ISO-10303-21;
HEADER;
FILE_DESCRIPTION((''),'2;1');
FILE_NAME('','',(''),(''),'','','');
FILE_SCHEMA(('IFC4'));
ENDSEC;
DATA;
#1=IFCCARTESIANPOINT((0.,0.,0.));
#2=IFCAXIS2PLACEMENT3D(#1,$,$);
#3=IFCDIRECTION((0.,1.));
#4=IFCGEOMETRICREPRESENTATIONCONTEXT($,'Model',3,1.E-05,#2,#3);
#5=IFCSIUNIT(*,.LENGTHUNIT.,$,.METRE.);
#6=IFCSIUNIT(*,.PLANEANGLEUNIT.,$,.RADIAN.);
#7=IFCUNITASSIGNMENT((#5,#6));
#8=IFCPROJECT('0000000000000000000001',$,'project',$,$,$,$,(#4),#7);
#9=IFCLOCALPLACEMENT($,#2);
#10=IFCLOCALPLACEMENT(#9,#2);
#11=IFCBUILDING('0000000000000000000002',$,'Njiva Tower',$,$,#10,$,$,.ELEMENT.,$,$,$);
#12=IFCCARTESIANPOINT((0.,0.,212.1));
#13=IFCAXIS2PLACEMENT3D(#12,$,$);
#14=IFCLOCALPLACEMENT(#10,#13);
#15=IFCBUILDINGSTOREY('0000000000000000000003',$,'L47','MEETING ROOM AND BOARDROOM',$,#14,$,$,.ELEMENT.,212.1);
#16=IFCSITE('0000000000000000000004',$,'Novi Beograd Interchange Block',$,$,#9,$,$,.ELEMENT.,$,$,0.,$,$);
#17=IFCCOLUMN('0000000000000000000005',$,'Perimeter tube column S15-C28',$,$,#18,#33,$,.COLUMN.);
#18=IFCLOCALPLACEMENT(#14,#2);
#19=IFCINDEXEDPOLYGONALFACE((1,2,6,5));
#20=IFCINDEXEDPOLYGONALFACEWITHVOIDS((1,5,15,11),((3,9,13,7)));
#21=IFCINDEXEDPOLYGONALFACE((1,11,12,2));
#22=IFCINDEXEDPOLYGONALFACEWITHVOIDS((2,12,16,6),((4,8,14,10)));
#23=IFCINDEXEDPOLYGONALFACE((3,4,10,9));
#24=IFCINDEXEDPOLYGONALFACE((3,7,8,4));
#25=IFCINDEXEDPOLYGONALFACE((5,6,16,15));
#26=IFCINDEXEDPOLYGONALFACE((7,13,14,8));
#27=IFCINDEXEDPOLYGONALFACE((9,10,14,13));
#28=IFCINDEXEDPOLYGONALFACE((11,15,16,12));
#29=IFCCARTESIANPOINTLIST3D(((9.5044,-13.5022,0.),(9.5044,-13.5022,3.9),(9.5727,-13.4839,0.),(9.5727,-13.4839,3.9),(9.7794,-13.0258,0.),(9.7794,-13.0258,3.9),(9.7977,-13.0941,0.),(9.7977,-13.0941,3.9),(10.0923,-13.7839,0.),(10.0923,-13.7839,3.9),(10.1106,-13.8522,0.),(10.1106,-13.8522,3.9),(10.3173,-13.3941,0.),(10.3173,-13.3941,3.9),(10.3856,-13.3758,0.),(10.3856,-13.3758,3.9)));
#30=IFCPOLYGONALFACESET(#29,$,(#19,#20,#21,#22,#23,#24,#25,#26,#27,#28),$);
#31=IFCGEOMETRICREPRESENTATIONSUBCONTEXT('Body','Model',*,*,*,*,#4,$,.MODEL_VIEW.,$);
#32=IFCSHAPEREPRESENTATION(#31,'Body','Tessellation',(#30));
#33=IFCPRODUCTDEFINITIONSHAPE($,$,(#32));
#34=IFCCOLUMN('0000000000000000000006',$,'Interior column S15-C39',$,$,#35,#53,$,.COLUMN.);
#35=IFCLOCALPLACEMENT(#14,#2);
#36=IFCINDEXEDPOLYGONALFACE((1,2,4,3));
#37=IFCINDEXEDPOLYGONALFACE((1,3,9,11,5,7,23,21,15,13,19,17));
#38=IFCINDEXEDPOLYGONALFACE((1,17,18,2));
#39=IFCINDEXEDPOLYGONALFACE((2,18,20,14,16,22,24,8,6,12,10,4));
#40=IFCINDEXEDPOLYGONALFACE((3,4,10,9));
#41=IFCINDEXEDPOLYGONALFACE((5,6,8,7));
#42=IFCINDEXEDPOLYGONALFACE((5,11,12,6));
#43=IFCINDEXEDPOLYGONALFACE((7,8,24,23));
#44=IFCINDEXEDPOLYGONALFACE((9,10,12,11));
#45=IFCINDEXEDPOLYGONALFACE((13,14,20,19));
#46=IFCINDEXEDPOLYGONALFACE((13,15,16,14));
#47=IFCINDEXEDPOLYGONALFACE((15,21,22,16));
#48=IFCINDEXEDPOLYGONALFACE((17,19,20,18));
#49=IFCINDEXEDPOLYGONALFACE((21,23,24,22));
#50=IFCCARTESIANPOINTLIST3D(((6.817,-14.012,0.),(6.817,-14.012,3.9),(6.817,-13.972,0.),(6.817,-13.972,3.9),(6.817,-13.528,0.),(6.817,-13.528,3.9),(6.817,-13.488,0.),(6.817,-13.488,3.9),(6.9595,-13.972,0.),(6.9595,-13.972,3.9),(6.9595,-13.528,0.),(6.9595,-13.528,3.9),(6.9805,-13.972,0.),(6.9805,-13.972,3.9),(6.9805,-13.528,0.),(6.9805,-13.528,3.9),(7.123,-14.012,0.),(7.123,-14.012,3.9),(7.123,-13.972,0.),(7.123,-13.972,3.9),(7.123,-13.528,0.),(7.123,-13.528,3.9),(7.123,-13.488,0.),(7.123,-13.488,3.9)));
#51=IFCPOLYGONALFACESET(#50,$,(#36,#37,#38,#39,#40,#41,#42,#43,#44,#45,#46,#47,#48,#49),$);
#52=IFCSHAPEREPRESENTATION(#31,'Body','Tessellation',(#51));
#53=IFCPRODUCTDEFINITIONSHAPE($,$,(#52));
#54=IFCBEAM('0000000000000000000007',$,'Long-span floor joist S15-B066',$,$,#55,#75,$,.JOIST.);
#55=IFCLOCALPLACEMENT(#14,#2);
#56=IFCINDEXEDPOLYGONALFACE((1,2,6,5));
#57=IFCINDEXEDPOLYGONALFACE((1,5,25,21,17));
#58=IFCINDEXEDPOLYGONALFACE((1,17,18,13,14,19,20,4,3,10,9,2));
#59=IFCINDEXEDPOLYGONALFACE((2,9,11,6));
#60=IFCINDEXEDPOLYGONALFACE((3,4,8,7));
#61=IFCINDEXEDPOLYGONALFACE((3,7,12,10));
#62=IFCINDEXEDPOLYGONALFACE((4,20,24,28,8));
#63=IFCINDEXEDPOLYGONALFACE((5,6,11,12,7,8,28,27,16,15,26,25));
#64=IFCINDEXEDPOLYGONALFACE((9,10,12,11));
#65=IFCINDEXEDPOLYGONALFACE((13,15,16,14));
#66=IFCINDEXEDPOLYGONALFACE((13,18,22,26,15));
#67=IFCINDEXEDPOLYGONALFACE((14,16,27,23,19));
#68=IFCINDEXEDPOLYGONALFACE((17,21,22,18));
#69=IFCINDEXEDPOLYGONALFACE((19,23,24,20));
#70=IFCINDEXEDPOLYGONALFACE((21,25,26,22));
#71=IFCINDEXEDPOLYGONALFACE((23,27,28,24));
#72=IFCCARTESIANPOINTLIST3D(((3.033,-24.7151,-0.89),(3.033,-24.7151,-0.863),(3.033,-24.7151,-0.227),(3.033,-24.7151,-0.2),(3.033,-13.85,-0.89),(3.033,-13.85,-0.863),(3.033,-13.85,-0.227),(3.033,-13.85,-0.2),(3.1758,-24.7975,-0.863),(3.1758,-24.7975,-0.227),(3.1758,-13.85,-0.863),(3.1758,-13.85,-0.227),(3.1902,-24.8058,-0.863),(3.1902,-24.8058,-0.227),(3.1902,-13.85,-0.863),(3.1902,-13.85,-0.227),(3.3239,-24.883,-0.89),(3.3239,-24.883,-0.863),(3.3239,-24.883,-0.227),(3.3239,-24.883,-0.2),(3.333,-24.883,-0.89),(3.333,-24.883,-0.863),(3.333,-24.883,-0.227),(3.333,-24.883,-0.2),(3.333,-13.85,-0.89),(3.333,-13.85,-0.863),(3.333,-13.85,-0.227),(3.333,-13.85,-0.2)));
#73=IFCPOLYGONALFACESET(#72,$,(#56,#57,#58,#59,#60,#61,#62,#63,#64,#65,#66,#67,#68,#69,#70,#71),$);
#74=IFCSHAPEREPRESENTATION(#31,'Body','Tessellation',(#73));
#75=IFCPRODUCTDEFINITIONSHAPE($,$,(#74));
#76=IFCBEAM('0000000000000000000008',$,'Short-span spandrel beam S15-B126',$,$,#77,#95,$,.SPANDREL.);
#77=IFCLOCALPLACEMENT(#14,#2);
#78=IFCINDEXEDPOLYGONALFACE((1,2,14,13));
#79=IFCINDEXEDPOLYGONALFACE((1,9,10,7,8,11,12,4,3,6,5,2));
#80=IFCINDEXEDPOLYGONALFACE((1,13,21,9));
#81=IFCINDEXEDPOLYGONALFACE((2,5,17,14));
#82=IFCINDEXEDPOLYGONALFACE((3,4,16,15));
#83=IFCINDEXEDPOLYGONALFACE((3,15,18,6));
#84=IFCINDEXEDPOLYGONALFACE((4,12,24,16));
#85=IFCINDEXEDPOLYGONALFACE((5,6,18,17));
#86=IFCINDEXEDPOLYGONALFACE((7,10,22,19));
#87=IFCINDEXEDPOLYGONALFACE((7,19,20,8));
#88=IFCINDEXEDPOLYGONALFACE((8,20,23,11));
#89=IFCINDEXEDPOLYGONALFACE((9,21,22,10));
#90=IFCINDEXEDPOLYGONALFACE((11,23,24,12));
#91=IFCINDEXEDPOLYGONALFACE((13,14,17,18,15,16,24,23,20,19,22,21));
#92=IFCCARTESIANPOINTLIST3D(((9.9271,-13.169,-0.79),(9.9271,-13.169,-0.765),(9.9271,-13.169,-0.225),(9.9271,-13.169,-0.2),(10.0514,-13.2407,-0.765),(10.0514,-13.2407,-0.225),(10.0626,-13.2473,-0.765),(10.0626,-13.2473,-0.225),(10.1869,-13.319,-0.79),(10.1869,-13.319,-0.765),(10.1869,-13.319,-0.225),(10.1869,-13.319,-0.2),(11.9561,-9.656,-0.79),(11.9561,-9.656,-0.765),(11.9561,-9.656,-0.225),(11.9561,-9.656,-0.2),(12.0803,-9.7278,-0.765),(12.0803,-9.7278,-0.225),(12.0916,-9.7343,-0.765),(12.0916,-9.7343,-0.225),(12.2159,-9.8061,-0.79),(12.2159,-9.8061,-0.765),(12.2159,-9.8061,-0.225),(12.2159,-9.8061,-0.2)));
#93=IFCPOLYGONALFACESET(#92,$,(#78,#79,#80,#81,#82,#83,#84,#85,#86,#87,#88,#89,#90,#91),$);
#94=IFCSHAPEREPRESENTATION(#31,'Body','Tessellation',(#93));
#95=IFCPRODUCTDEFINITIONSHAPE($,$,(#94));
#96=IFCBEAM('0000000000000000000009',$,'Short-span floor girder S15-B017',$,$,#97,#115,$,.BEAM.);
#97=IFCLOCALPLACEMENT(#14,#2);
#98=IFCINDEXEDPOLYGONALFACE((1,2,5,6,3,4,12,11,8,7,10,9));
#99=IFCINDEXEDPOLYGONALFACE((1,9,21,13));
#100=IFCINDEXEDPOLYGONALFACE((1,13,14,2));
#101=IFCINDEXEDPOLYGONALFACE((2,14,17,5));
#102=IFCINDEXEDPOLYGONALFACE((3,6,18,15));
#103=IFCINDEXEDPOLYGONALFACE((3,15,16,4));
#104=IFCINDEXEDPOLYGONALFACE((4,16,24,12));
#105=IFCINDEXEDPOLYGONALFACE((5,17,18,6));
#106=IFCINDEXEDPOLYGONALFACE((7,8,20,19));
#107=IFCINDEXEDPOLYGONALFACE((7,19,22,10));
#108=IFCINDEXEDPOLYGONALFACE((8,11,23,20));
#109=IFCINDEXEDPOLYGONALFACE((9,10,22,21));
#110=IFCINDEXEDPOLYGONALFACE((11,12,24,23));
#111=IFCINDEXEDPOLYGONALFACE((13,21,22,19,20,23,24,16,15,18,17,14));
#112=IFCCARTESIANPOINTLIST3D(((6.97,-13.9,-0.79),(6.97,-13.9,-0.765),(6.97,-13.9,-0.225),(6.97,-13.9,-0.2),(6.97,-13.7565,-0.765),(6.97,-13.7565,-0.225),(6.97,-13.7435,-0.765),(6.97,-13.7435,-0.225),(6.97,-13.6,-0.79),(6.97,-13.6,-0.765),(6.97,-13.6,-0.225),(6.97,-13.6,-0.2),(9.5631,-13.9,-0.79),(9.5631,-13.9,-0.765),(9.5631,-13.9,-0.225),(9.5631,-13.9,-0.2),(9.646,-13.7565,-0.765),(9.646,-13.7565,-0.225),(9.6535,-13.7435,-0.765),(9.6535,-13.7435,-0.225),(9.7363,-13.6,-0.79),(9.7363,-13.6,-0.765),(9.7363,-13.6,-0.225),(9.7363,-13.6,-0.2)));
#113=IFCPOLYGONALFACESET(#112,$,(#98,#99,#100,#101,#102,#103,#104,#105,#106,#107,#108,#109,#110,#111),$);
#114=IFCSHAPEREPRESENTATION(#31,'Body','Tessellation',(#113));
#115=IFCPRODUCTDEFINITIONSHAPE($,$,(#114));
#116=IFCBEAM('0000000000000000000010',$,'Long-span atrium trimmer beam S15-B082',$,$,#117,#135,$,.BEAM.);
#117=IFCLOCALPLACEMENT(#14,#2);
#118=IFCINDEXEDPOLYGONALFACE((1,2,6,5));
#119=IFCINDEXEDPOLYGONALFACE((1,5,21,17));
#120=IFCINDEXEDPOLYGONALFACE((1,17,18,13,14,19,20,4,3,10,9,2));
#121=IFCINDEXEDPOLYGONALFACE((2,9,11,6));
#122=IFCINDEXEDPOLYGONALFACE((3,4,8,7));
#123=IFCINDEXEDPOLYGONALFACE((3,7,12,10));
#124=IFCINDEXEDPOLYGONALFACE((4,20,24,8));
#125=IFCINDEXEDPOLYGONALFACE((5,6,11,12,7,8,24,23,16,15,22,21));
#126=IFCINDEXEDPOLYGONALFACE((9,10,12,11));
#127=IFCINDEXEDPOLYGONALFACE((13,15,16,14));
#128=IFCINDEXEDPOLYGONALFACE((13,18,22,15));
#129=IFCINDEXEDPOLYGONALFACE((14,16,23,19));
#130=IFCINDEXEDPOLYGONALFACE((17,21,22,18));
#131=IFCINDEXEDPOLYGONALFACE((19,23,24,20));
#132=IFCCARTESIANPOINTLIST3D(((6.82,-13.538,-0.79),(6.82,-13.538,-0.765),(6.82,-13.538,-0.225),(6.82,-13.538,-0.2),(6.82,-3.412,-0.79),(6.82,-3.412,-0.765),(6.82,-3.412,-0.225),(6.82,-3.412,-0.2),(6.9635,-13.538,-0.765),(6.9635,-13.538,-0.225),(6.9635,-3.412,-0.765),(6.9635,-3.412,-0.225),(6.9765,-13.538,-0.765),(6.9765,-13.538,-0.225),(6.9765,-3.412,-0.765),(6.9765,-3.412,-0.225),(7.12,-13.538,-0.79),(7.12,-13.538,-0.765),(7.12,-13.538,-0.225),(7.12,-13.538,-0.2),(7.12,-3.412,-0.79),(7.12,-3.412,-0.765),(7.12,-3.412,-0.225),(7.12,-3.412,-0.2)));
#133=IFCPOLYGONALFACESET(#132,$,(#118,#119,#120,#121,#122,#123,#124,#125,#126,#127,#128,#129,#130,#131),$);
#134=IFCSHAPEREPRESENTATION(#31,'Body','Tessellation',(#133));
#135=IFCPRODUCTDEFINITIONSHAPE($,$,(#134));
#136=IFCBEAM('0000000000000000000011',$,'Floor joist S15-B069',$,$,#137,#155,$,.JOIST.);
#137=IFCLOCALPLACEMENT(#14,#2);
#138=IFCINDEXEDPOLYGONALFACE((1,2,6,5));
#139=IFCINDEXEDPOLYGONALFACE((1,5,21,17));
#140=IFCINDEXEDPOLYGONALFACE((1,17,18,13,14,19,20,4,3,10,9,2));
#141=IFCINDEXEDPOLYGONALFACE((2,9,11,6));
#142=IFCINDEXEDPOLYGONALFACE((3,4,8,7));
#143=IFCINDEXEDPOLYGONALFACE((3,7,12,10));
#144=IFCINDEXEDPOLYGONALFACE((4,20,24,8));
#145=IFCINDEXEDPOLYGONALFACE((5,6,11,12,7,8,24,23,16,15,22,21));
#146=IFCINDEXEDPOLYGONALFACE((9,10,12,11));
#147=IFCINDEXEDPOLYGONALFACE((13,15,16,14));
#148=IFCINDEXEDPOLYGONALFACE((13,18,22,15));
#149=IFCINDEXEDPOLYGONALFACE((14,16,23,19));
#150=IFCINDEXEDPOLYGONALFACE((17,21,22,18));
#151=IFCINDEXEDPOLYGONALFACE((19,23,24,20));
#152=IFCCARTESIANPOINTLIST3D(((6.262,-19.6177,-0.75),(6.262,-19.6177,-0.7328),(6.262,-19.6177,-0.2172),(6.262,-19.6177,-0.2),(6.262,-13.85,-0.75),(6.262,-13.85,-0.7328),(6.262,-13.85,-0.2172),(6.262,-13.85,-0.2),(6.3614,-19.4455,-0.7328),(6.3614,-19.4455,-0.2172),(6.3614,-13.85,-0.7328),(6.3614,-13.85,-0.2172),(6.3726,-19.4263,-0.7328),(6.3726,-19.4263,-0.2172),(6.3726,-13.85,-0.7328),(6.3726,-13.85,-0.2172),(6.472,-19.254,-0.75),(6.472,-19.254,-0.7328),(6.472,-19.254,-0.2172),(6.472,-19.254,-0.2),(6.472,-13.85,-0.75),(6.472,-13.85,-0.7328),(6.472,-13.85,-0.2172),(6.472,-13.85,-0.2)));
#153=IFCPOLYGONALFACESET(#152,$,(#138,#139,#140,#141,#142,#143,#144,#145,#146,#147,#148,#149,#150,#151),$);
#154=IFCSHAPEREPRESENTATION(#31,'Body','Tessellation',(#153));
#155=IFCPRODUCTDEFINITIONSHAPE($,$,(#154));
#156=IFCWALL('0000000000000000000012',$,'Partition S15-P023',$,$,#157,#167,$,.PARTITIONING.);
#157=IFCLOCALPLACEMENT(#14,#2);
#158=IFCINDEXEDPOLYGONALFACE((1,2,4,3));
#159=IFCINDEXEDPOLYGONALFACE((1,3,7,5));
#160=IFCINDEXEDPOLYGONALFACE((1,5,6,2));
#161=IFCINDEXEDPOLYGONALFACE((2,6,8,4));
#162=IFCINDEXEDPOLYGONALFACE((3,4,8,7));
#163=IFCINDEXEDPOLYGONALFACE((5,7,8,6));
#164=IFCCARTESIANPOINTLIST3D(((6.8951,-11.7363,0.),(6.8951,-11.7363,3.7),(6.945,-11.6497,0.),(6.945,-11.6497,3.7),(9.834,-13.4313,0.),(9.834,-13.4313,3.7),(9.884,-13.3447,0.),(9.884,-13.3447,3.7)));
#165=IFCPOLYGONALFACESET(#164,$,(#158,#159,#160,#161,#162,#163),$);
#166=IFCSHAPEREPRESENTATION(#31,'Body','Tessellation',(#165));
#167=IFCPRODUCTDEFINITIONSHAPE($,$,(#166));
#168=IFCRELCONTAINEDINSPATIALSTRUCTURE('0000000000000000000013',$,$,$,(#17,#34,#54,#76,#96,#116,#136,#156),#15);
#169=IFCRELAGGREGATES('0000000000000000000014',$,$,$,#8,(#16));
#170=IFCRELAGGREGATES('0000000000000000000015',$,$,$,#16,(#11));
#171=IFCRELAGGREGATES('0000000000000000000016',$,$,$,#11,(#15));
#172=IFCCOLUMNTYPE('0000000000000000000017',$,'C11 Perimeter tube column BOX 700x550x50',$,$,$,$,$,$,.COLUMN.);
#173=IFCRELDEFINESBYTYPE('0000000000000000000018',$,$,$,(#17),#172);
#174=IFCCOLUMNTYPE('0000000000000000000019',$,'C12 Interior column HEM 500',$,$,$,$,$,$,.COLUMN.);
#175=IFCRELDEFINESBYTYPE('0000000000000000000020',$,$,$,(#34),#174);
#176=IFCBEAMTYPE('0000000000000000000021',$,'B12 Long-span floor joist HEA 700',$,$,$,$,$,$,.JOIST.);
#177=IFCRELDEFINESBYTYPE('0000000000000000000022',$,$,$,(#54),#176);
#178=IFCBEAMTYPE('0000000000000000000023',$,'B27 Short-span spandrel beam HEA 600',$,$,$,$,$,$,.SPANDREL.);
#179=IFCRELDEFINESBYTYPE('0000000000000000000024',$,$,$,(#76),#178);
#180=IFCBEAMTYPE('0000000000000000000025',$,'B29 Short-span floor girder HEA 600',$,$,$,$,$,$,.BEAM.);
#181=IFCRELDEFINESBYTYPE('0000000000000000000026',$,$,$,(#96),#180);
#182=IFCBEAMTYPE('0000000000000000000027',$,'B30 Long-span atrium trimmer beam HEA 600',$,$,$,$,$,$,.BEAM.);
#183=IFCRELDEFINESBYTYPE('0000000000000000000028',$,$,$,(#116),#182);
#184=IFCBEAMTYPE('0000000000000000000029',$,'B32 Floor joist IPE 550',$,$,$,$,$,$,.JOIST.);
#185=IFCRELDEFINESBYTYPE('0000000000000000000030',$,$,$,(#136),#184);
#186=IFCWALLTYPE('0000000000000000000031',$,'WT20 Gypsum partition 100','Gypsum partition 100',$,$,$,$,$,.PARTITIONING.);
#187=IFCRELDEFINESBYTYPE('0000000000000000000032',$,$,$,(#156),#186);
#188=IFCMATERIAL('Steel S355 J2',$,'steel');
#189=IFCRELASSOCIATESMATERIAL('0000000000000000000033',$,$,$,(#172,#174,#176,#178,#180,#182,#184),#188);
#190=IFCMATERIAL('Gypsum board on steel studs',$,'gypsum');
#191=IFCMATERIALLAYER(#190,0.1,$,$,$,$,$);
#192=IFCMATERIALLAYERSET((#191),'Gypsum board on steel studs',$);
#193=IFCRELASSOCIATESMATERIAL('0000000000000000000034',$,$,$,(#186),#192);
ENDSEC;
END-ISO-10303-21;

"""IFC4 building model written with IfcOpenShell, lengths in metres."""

from ifc_helpers import new_model, si_unit, direction, frame, frame_2d, origin, origin_2d, place, context, subcontext, project, spatial, rectangle, hollow_rectangle, i_section, extrude, clip, halfspace, material, layer, layer_set, material_profile, profile_set, type_object, element, save


model = new_model("IFC4")

# Units and contexts
model_context = context("Model", 3, precision=1e-05, world=origin(), true_north=direction((0.0, 1.0)))
body_context = subcontext(model_context, "Body", "Model", "MODEL_VIEW")
ifc_project = project(units=[si_unit("LENGTHUNIT", "METRE"), si_unit("PLANEANGLEUNIT", "RADIAN")], contexts=[model_context])

# Site, building, storey
site_placement = place(None, origin())
site = spatial("IfcSite", under=ifc_project, at=site_placement, Name="Novi Beograd Interchange Block", CompositionType="ELEMENT", RefElevation=0.0)
building_placement = place(site_placement, origin())
building = spatial("IfcBuilding", under=site, at=building_placement, Name="Njiva Tower", CompositionType="ELEMENT")
storey_placement = place(building_placement, frame((0.0, 0.0, 212.1)))
storey = spatial("IfcBuildingStorey", under=building, at=storey_placement, Name="L47", Description="MEETING ROOM AND BOARDROOM", CompositionType="ELEMENT", Elevation=212.1)

# Columns
ifc_material_1 = material(Name="Steel S355 J2", Category="steel")
ifc_material_profile_1 = material_profile(ifc_material_1, hollow_rectangle(XDim=0.55, YDim=0.7, WallThickness=0.05, at=origin_2d()), Name="BOX 700x550x50")
ifc_profile_set_1 = profile_set([ifc_material_profile_1], Name="Steel S355 J2")
column_type_1 = type_object("IfcColumnType", Name="C11 Perimeter tube column BOX 700x550x50", PredefinedType="COLUMN", material=ifc_profile_set_1)
column_1_placement = place(storey_placement, frame((9.945, -13.439, 0.0), z_axis=(0.0, 0.0, 1.0), x_axis=(0.5, 0.866025, 0.0)))
element("IfcColumn", 1, at=column_1_placement, inside=storey, type_object=column_type_1, Name="Perimeter tube column S15-C28", PredefinedType="COLUMN", context=body_context, shape_type="SweptSolid", body=[
    extrude(hollow_rectangle(XDim=0.55, YDim=0.7, WallThickness=0.05, at=origin_2d()), origin(), (0.0, 0.0, 1.0), 3.9),
])
ifc_material_profile_2 = material_profile(ifc_material_1, i_section(OverallWidth=0.306, OverallDepth=0.524, WebThickness=0.021, FlangeThickness=0.04, at=origin_2d()), Name="HEM 500")
ifc_profile_set_2 = profile_set([ifc_material_profile_2], Name="Steel S355 J2")
column_type_2 = type_object("IfcColumnType", Name="C12 Interior column HEM 500", PredefinedType="COLUMN", material=ifc_profile_set_2)
column_2_placement = place(storey_placement, frame((6.97, -13.75, 0.0), z_axis=(0.0, 0.0, 1.0), x_axis=(1.0, 0.0, 0.0)))
element("IfcColumn", 2, at=column_2_placement, inside=storey, type_object=column_type_2, Name="Interior column S15-C39", PredefinedType="COLUMN", context=body_context, shape_type="SweptSolid", body=[
    extrude(i_section(OverallWidth=0.306, OverallDepth=0.524, WebThickness=0.021, FlangeThickness=0.04, at=origin_2d()), origin(), (0.0, 0.0, 1.0), 3.9),
])

# Beams
ifc_material_profile_3 = material_profile(ifc_material_1, i_section(OverallWidth=0.3, OverallDepth=0.69, WebThickness=0.0145, FlangeThickness=0.027, at=origin_2d()), Name="HEA 700")
ifc_profile_set_3 = profile_set([ifc_material_profile_3], Name="Steel S355 J2")
beam_type_1 = type_object("IfcBeamType", Name="B12 Long-span floor joist HEA 700", PredefinedType="JOIST", material=ifc_profile_set_3)
beam_1_placement = place(storey_placement, frame((3.183, -13.85, -0.545), z_axis=(0.0, -1.0, 0.0), x_axis=(1.0, 0.0, 0.0)))
element("IfcBeam", 3, at=beam_1_placement, inside=storey, type_object=beam_type_1, Name="Long-span floor joist S15-B066", PredefinedType="JOIST", context=body_context, shape_type="Clipping", body=[
    clip(extrude(i_section(OverallWidth=0.3, OverallDepth=0.69, WebThickness=0.0145, FlangeThickness=0.027, at=origin_2d()), origin(), (0.0, 0.0, 1.0), 11.033), halfspace(frame((-0.0247, 0.0, 10.9374), z_axis=(-0.499998, 0.0, 0.866027), x_axis=(0.0, 1.0, 0.0)), False)),
])
ifc_material_profile_4 = material_profile(ifc_material_1, i_section(OverallWidth=0.3, OverallDepth=0.59, WebThickness=0.013, FlangeThickness=0.025, at=origin_2d()), Name="HEA 600")
ifc_profile_set_4 = profile_set([ifc_material_profile_4], Name="Steel S355 J2")
beam_type_2 = type_object("IfcBeamType", Name="B27 Short-span spandrel beam HEA 600", PredefinedType="SPANDREL", material=ifc_profile_set_4)
beam_2_placement = place(storey_placement, frame((10.057, -13.244, -0.495), z_axis=(0.500142, 0.865943, 0.0), x_axis=(-0.865943, 0.500142, 0.0)))
element("IfcBeam", 4, at=beam_2_placement, inside=storey, type_object=beam_type_2, Name="Short-span spandrel beam S15-B126", PredefinedType="SPANDREL", context=body_context, shape_type="SweptSolid", body=[
    extrude(i_section(OverallWidth=0.3, OverallDepth=0.59, WebThickness=0.013, FlangeThickness=0.025, at=origin_2d()), origin(), (0.0, 0.0, 1.0), 4.0568),
])
ifc_material_profile_5 = material_profile(ifc_material_1, i_section(OverallWidth=0.3, OverallDepth=0.59, WebThickness=0.013, FlangeThickness=0.025, at=origin_2d()), Name="HEA 600")
ifc_profile_set_5 = profile_set([ifc_material_profile_5], Name="Steel S355 J2")
beam_type_3 = type_object("IfcBeamType", Name="B29 Short-span floor girder HEA 600", PredefinedType="BEAM", material=ifc_profile_set_5)
beam_3_placement = place(storey_placement, frame((6.97, -13.75, -0.495), z_axis=(1.0, 0.0, 0.0), x_axis=(0.0, 1.0, 0.0)))
element("IfcBeam", 5, at=beam_3_placement, inside=storey, type_object=beam_type_3, Name="Short-span floor girder S15-B017", PredefinedType="BEAM", context=body_context, shape_type="Clipping", body=[
    clip(extrude(i_section(OverallWidth=0.3, OverallDepth=0.59, WebThickness=0.013, FlangeThickness=0.025, at=origin_2d()), origin(), (0.0, 0.0, 1.0), 2.787), halfspace(frame((-0.025, 0.0, 2.6653), z_axis=(-0.499998, 0.0, 0.866027), x_axis=(0.0, 1.0, 0.0)), False)),
])
ifc_material_profile_6 = material_profile(ifc_material_1, i_section(OverallWidth=0.3, OverallDepth=0.59, WebThickness=0.013, FlangeThickness=0.025, at=origin_2d()), Name="HEA 600")
ifc_profile_set_6 = profile_set([ifc_material_profile_6], Name="Steel S355 J2")
beam_type_4 = type_object("IfcBeamType", Name="B30 Long-span atrium trimmer beam HEA 600", PredefinedType="BEAM", material=ifc_profile_set_6)
beam_4_placement = place(storey_placement, frame((6.97, -13.538, -0.495), z_axis=(0.0, 1.0, 0.0), x_axis=(-1.0, 0.0, 0.0)))
element("IfcBeam", 6, at=beam_4_placement, inside=storey, type_object=beam_type_4, Name="Long-span atrium trimmer beam S15-B082", PredefinedType="BEAM", context=body_context, shape_type="SweptSolid", body=[
    extrude(i_section(OverallWidth=0.3, OverallDepth=0.59, WebThickness=0.013, FlangeThickness=0.025, at=origin_2d()), origin(), (0.0, 0.0, 1.0), 10.126),
])
ifc_material_profile_7 = material_profile(ifc_material_1, i_section(OverallWidth=0.21, OverallDepth=0.55, WebThickness=0.0111, FlangeThickness=0.0172, at=origin_2d()), Name="IPE 550")
ifc_profile_set_7 = profile_set([ifc_material_profile_7], Name="Steel S355 J2")
beam_type_5 = type_object("IfcBeamType", Name="B32 Floor joist IPE 550", PredefinedType="JOIST", material=ifc_profile_set_7)
beam_5_placement = place(storey_placement, frame((6.367, -13.85, -0.475), z_axis=(0.0, -1.0, 0.0), x_axis=(1.0, 0.0, 0.0)))
element("IfcBeam", 7, at=beam_5_placement, inside=storey, type_object=beam_type_5, Name="Floor joist S15-B069", PredefinedType="JOIST", context=body_context, shape_type="Clipping", body=[
    clip(extrude(i_section(OverallWidth=0.21, OverallDepth=0.55, WebThickness=0.0111, FlangeThickness=0.0172, at=origin_2d()), origin(), (0.0, 0.0, 1.0), 5.788), halfspace(frame((0.043, 0.0, 5.5114), z_axis=(0.866027, 0.0, 0.499998), x_axis=(0.0, 1.0, 0.0)), False)),
])

# Wall
ifc_material_2 = material(Name="Gypsum board on steel studs", Category="gypsum")
ifc_layer_1 = layer(ifc_material_2, 0.1)
ifc_layer_set_1 = layer_set([ifc_layer_1], Name="Gypsum board on steel studs")
wall_type_1 = type_object("IfcWallType", Name="WT20 Gypsum partition 100", Description="Gypsum partition 100", PredefinedType="PARTITIONING", material=ifc_layer_set_1)
wall_1_placement = place(storey_placement, frame((6.92, -11.693, 0.0), z_axis=(0.0, 0.0, 1.0), x_axis=(0.866259, -0.499595, 0.0)))
element("IfcWall", 8, at=wall_1_placement, inside=storey, type_object=wall_type_1, Name="Partition S15-P023", PredefinedType="PARTITIONING", context=body_context, shape_type="SweptSolid", body=[
    extrude(rectangle(XDim=3.3927, YDim=0.1, at=frame_2d((1.6964, 0.0))), origin(), (0.0, 0.0, 1.0), 3.7),
])

save(model, "model.ifc")
